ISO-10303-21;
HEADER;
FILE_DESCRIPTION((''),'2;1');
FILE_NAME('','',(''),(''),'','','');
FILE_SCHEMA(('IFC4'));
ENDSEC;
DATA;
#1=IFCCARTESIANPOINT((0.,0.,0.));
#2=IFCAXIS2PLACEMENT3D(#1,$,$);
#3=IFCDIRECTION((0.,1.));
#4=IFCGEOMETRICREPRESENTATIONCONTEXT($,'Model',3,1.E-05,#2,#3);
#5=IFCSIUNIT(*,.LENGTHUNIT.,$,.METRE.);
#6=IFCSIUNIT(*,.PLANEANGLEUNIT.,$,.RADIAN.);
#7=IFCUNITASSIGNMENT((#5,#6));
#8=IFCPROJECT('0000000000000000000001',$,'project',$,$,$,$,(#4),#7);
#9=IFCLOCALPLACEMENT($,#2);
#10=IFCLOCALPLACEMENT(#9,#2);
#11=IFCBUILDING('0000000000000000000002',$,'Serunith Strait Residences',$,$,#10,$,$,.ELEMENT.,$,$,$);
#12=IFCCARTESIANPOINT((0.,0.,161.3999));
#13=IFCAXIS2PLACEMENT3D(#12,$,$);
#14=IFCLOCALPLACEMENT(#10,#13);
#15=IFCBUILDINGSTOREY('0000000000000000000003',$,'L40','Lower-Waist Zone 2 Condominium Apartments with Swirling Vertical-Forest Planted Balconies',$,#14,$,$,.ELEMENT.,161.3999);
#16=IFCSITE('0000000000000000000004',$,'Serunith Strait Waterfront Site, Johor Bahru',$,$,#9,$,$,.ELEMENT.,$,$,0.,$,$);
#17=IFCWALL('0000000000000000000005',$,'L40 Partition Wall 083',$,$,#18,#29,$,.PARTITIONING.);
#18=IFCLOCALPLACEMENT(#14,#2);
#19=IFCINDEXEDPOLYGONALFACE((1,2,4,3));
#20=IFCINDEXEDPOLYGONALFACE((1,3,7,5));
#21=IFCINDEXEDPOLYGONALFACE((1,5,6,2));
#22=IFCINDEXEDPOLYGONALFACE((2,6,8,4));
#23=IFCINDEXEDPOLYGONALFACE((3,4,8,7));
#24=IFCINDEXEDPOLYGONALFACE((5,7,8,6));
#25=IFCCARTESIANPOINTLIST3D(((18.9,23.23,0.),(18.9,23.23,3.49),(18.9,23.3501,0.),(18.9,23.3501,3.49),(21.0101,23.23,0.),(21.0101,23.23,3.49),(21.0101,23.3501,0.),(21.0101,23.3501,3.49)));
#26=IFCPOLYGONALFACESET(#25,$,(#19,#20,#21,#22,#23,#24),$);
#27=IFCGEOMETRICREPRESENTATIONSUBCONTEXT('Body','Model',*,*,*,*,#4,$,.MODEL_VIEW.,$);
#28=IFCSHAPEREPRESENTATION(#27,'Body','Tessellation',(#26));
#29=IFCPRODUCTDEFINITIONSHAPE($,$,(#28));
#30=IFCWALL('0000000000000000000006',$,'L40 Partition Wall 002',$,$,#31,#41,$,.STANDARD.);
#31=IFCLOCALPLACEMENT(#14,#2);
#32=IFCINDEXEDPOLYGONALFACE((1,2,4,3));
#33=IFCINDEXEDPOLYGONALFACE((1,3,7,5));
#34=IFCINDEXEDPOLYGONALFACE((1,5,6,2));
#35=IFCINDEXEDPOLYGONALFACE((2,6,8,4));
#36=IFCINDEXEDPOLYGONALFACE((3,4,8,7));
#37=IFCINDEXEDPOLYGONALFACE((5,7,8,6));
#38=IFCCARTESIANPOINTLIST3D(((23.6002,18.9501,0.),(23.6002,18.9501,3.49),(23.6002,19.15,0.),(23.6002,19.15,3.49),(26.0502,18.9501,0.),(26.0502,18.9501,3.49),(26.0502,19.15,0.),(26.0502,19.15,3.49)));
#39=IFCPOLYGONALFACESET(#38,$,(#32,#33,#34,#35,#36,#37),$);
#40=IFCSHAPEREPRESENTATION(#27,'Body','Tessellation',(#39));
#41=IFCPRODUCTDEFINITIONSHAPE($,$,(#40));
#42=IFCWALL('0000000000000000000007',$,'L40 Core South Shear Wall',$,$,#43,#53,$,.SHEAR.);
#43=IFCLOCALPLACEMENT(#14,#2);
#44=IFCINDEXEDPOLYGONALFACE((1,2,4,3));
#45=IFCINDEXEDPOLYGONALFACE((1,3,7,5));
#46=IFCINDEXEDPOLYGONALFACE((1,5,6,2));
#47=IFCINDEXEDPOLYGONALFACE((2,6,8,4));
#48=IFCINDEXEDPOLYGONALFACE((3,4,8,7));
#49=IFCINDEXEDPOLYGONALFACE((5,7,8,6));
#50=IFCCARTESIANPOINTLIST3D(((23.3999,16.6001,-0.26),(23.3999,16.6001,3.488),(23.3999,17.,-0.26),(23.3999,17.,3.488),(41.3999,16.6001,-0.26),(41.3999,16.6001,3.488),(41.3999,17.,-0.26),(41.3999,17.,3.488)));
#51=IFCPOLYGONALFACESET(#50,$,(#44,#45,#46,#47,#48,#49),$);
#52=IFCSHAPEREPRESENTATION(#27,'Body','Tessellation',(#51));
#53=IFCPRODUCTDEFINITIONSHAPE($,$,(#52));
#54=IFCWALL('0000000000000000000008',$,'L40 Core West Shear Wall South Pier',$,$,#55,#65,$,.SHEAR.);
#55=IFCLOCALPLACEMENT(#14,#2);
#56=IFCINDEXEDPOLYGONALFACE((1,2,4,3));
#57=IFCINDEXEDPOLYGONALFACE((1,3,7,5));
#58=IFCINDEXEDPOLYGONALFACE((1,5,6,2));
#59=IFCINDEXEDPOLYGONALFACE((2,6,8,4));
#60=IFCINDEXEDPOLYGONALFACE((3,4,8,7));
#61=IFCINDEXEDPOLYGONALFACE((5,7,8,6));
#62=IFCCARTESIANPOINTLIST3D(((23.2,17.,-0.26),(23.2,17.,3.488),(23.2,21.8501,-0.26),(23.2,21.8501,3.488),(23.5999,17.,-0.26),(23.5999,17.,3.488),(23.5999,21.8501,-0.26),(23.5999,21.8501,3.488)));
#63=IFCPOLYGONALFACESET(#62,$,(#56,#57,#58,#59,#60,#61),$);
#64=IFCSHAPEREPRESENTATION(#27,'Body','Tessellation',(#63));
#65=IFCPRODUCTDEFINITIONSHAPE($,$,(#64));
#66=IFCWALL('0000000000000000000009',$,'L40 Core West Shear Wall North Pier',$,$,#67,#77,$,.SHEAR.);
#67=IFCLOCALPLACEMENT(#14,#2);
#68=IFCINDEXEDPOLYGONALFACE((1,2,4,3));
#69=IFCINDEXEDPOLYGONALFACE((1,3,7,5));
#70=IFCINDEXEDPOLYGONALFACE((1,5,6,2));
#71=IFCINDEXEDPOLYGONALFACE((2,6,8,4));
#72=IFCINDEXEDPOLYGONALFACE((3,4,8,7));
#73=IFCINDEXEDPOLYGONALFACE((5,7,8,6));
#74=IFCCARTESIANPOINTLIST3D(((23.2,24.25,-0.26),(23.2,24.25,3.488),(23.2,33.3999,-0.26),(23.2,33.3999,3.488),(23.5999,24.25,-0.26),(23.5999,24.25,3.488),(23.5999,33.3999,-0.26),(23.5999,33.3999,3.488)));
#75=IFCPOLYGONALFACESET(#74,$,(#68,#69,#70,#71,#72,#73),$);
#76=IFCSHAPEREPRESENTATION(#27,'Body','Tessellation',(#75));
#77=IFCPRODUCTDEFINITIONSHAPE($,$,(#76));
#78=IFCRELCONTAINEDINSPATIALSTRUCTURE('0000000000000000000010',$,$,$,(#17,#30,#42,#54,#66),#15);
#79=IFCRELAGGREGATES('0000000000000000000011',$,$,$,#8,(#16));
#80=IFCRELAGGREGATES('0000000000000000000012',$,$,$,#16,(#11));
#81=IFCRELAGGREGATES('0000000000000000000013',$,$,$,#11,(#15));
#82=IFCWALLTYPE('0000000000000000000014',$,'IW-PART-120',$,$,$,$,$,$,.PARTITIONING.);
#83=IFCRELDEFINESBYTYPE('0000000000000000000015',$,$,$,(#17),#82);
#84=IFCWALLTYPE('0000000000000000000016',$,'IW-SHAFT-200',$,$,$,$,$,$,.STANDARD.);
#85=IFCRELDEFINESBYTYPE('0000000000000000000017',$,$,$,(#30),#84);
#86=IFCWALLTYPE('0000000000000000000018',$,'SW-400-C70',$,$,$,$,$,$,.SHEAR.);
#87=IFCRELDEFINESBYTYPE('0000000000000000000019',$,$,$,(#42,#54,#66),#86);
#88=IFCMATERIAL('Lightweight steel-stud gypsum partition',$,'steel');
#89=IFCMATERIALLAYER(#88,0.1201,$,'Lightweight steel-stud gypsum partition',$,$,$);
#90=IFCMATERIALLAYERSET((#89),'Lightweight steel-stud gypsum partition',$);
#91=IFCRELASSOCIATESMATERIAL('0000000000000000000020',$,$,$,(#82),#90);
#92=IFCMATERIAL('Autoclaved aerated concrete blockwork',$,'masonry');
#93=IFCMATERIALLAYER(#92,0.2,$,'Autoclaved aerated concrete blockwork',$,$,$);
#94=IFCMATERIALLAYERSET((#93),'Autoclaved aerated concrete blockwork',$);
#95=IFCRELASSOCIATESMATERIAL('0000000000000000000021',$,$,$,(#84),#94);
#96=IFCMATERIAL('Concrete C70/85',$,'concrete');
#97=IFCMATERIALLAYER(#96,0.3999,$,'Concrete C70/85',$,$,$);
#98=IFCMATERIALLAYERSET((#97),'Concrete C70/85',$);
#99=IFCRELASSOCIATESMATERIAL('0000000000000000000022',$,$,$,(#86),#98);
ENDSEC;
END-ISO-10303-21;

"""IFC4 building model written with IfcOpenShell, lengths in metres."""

from ifc_helpers import new_model, si_unit, direction, frame, frame_2d, origin, place, context, subcontext, project, spatial, rectangle, extrude, material, layer, layer_set, type_object, element, save


model = new_model("IFC4")

# Units and contexts
model_context = context("Model", 3, precision=1e-05, world=origin(), true_north=direction((0.0, 1.0)))
body_context = subcontext(model_context, "Body", "Model", "MODEL_VIEW")
ifc_project = project(units=[si_unit("LENGTHUNIT", "METRE"), si_unit("PLANEANGLEUNIT", "RADIAN")], contexts=[model_context])

# Site, building, storey
site_placement = place(None, origin())
site = spatial("IfcSite", under=ifc_project, at=site_placement, Name="Serunith Strait Waterfront Site, Johor Bahru", CompositionType="ELEMENT", RefElevation=0.0)
building_placement = place(site_placement, origin())
building = spatial("IfcBuilding", under=site, at=building_placement, Name="Serunith Strait Residences", CompositionType="ELEMENT")
storey_placement = place(building_placement, frame((0.0, 0.0, 161.3999)))
storey = spatial("IfcBuildingStorey", under=building, at=storey_placement, Name="L40", Description="Lower-Waist Zone 2 Condominium Apartments with Swirling Vertical-Forest Planted Balconies", CompositionType="ELEMENT", Elevation=161.3999)

# Walls
ifc_material_1 = material(Name="Lightweight steel-stud gypsum partition", Category="steel")
ifc_layer_1 = layer(ifc_material_1, 0.1201, Name="Lightweight steel-stud gypsum partition")
ifc_layer_set_1 = layer_set([ifc_layer_1], Name="Lightweight steel-stud gypsum partition")
wall_type_1 = type_object("IfcWallType", Name="IW-PART-120", PredefinedType="PARTITIONING", material=ifc_layer_set_1)
wall_1_placement = place(storey_placement, frame((18.8999, 23.29, 0.0), z_axis=(0.0, 0.0, 1.0), x_axis=(1.0, 0.0, 0.0)))
element("IfcWall", 1, at=wall_1_placement, inside=storey, type_object=wall_type_1, Name="L40 Partition Wall 083", PredefinedType="PARTITIONING", context=body_context, shape_type="SweptSolid", body=[
    extrude(rectangle(XDim=2.1101, YDim=0.1201, at=frame_2d((1.0552, 0.0))), origin(), (0.0, 0.0, 1.0), 3.49),
])
ifc_material_2 = material(Name="Autoclaved aerated concrete blockwork", Category="masonry")
ifc_layer_2 = layer(ifc_material_2, 0.2, Name="Autoclaved aerated concrete blockwork")
ifc_layer_set_2 = layer_set([ifc_layer_2], Name="Autoclaved aerated concrete blockwork")
wall_type_2 = type_object("IfcWallType", Name="IW-SHAFT-200", PredefinedType="STANDARD", material=ifc_layer_set_2)
wall_2_placement = place(storey_placement, frame((23.6001, 19.05, 0.0), z_axis=(0.0, 0.0, 1.0), x_axis=(1.0, 0.0, 0.0)))
element("IfcWall", 2, at=wall_2_placement, inside=storey, type_object=wall_type_2, Name="L40 Partition Wall 002", PredefinedType="STANDARD", context=body_context, shape_type="SweptSolid", body=[
    extrude(rectangle(XDim=2.45, YDim=0.2, at=frame_2d((1.2251, 0.0))), origin(), (0.0, 0.0, 1.0), 3.49),
])

# Walls
ifc_material_3 = material(Name="Concrete C70/85", Category="concrete")
ifc_layer_3 = layer(ifc_material_3, 0.3999, Name="Concrete C70/85")
ifc_layer_set_3 = layer_set([ifc_layer_3], Name="Concrete C70/85")
wall_type_3 = type_object("IfcWallType", Name="SW-400-C70", PredefinedType="SHEAR", material=ifc_layer_set_3)
wall_3_placement = place(storey_placement, frame((23.3999, 16.8, -0.26), z_axis=(0.0, 0.0, 1.0), x_axis=(1.0, 0.0, 0.0)))
element("IfcWall", 3, at=wall_3_placement, inside=storey, type_object=wall_type_3, Name="L40 Core South Shear Wall", PredefinedType="SHEAR", context=body_context, shape_type="SweptSolid", body=[
    extrude(rectangle(XDim=18.0, YDim=0.3999, at=frame_2d((9.0, 0.0))), origin(), (0.0, 0.0, 1.0), 3.748),
])
wall_4_placement = place(storey_placement, frame((23.3999, 17.0, -0.26), z_axis=(0.0, 0.0, 1.0), x_axis=(0.0, 1.0, 0.0)))
element("IfcWall", 4, at=wall_4_placement, inside=storey, type_object=wall_type_3, Name="L40 Core West Shear Wall South Pier", PredefinedType="SHEAR", context=body_context, shape_type="SweptSolid", body=[
    extrude(rectangle(XDim=4.8501, YDim=0.3999, at=frame_2d((2.425, 0.0))), origin(), (0.0, 0.0, 1.0), 3.748),
])
wall_5_placement = place(storey_placement, frame((23.3999, 24.25, -0.26), z_axis=(0.0, 0.0, 1.0), x_axis=(0.0, 1.0, 0.0)))
element("IfcWall", 5, at=wall_5_placement, inside=storey, type_object=wall_type_3, Name="L40 Core West Shear Wall North Pier", PredefinedType="SHEAR", context=body_context, shape_type="SweptSolid", body=[
    extrude(rectangle(XDim=9.1499, YDim=0.3999, at=frame_2d((4.575, 0.0))), origin(), (0.0, 0.0, 1.0), 3.748),
])

save(model, "model.ifc")
